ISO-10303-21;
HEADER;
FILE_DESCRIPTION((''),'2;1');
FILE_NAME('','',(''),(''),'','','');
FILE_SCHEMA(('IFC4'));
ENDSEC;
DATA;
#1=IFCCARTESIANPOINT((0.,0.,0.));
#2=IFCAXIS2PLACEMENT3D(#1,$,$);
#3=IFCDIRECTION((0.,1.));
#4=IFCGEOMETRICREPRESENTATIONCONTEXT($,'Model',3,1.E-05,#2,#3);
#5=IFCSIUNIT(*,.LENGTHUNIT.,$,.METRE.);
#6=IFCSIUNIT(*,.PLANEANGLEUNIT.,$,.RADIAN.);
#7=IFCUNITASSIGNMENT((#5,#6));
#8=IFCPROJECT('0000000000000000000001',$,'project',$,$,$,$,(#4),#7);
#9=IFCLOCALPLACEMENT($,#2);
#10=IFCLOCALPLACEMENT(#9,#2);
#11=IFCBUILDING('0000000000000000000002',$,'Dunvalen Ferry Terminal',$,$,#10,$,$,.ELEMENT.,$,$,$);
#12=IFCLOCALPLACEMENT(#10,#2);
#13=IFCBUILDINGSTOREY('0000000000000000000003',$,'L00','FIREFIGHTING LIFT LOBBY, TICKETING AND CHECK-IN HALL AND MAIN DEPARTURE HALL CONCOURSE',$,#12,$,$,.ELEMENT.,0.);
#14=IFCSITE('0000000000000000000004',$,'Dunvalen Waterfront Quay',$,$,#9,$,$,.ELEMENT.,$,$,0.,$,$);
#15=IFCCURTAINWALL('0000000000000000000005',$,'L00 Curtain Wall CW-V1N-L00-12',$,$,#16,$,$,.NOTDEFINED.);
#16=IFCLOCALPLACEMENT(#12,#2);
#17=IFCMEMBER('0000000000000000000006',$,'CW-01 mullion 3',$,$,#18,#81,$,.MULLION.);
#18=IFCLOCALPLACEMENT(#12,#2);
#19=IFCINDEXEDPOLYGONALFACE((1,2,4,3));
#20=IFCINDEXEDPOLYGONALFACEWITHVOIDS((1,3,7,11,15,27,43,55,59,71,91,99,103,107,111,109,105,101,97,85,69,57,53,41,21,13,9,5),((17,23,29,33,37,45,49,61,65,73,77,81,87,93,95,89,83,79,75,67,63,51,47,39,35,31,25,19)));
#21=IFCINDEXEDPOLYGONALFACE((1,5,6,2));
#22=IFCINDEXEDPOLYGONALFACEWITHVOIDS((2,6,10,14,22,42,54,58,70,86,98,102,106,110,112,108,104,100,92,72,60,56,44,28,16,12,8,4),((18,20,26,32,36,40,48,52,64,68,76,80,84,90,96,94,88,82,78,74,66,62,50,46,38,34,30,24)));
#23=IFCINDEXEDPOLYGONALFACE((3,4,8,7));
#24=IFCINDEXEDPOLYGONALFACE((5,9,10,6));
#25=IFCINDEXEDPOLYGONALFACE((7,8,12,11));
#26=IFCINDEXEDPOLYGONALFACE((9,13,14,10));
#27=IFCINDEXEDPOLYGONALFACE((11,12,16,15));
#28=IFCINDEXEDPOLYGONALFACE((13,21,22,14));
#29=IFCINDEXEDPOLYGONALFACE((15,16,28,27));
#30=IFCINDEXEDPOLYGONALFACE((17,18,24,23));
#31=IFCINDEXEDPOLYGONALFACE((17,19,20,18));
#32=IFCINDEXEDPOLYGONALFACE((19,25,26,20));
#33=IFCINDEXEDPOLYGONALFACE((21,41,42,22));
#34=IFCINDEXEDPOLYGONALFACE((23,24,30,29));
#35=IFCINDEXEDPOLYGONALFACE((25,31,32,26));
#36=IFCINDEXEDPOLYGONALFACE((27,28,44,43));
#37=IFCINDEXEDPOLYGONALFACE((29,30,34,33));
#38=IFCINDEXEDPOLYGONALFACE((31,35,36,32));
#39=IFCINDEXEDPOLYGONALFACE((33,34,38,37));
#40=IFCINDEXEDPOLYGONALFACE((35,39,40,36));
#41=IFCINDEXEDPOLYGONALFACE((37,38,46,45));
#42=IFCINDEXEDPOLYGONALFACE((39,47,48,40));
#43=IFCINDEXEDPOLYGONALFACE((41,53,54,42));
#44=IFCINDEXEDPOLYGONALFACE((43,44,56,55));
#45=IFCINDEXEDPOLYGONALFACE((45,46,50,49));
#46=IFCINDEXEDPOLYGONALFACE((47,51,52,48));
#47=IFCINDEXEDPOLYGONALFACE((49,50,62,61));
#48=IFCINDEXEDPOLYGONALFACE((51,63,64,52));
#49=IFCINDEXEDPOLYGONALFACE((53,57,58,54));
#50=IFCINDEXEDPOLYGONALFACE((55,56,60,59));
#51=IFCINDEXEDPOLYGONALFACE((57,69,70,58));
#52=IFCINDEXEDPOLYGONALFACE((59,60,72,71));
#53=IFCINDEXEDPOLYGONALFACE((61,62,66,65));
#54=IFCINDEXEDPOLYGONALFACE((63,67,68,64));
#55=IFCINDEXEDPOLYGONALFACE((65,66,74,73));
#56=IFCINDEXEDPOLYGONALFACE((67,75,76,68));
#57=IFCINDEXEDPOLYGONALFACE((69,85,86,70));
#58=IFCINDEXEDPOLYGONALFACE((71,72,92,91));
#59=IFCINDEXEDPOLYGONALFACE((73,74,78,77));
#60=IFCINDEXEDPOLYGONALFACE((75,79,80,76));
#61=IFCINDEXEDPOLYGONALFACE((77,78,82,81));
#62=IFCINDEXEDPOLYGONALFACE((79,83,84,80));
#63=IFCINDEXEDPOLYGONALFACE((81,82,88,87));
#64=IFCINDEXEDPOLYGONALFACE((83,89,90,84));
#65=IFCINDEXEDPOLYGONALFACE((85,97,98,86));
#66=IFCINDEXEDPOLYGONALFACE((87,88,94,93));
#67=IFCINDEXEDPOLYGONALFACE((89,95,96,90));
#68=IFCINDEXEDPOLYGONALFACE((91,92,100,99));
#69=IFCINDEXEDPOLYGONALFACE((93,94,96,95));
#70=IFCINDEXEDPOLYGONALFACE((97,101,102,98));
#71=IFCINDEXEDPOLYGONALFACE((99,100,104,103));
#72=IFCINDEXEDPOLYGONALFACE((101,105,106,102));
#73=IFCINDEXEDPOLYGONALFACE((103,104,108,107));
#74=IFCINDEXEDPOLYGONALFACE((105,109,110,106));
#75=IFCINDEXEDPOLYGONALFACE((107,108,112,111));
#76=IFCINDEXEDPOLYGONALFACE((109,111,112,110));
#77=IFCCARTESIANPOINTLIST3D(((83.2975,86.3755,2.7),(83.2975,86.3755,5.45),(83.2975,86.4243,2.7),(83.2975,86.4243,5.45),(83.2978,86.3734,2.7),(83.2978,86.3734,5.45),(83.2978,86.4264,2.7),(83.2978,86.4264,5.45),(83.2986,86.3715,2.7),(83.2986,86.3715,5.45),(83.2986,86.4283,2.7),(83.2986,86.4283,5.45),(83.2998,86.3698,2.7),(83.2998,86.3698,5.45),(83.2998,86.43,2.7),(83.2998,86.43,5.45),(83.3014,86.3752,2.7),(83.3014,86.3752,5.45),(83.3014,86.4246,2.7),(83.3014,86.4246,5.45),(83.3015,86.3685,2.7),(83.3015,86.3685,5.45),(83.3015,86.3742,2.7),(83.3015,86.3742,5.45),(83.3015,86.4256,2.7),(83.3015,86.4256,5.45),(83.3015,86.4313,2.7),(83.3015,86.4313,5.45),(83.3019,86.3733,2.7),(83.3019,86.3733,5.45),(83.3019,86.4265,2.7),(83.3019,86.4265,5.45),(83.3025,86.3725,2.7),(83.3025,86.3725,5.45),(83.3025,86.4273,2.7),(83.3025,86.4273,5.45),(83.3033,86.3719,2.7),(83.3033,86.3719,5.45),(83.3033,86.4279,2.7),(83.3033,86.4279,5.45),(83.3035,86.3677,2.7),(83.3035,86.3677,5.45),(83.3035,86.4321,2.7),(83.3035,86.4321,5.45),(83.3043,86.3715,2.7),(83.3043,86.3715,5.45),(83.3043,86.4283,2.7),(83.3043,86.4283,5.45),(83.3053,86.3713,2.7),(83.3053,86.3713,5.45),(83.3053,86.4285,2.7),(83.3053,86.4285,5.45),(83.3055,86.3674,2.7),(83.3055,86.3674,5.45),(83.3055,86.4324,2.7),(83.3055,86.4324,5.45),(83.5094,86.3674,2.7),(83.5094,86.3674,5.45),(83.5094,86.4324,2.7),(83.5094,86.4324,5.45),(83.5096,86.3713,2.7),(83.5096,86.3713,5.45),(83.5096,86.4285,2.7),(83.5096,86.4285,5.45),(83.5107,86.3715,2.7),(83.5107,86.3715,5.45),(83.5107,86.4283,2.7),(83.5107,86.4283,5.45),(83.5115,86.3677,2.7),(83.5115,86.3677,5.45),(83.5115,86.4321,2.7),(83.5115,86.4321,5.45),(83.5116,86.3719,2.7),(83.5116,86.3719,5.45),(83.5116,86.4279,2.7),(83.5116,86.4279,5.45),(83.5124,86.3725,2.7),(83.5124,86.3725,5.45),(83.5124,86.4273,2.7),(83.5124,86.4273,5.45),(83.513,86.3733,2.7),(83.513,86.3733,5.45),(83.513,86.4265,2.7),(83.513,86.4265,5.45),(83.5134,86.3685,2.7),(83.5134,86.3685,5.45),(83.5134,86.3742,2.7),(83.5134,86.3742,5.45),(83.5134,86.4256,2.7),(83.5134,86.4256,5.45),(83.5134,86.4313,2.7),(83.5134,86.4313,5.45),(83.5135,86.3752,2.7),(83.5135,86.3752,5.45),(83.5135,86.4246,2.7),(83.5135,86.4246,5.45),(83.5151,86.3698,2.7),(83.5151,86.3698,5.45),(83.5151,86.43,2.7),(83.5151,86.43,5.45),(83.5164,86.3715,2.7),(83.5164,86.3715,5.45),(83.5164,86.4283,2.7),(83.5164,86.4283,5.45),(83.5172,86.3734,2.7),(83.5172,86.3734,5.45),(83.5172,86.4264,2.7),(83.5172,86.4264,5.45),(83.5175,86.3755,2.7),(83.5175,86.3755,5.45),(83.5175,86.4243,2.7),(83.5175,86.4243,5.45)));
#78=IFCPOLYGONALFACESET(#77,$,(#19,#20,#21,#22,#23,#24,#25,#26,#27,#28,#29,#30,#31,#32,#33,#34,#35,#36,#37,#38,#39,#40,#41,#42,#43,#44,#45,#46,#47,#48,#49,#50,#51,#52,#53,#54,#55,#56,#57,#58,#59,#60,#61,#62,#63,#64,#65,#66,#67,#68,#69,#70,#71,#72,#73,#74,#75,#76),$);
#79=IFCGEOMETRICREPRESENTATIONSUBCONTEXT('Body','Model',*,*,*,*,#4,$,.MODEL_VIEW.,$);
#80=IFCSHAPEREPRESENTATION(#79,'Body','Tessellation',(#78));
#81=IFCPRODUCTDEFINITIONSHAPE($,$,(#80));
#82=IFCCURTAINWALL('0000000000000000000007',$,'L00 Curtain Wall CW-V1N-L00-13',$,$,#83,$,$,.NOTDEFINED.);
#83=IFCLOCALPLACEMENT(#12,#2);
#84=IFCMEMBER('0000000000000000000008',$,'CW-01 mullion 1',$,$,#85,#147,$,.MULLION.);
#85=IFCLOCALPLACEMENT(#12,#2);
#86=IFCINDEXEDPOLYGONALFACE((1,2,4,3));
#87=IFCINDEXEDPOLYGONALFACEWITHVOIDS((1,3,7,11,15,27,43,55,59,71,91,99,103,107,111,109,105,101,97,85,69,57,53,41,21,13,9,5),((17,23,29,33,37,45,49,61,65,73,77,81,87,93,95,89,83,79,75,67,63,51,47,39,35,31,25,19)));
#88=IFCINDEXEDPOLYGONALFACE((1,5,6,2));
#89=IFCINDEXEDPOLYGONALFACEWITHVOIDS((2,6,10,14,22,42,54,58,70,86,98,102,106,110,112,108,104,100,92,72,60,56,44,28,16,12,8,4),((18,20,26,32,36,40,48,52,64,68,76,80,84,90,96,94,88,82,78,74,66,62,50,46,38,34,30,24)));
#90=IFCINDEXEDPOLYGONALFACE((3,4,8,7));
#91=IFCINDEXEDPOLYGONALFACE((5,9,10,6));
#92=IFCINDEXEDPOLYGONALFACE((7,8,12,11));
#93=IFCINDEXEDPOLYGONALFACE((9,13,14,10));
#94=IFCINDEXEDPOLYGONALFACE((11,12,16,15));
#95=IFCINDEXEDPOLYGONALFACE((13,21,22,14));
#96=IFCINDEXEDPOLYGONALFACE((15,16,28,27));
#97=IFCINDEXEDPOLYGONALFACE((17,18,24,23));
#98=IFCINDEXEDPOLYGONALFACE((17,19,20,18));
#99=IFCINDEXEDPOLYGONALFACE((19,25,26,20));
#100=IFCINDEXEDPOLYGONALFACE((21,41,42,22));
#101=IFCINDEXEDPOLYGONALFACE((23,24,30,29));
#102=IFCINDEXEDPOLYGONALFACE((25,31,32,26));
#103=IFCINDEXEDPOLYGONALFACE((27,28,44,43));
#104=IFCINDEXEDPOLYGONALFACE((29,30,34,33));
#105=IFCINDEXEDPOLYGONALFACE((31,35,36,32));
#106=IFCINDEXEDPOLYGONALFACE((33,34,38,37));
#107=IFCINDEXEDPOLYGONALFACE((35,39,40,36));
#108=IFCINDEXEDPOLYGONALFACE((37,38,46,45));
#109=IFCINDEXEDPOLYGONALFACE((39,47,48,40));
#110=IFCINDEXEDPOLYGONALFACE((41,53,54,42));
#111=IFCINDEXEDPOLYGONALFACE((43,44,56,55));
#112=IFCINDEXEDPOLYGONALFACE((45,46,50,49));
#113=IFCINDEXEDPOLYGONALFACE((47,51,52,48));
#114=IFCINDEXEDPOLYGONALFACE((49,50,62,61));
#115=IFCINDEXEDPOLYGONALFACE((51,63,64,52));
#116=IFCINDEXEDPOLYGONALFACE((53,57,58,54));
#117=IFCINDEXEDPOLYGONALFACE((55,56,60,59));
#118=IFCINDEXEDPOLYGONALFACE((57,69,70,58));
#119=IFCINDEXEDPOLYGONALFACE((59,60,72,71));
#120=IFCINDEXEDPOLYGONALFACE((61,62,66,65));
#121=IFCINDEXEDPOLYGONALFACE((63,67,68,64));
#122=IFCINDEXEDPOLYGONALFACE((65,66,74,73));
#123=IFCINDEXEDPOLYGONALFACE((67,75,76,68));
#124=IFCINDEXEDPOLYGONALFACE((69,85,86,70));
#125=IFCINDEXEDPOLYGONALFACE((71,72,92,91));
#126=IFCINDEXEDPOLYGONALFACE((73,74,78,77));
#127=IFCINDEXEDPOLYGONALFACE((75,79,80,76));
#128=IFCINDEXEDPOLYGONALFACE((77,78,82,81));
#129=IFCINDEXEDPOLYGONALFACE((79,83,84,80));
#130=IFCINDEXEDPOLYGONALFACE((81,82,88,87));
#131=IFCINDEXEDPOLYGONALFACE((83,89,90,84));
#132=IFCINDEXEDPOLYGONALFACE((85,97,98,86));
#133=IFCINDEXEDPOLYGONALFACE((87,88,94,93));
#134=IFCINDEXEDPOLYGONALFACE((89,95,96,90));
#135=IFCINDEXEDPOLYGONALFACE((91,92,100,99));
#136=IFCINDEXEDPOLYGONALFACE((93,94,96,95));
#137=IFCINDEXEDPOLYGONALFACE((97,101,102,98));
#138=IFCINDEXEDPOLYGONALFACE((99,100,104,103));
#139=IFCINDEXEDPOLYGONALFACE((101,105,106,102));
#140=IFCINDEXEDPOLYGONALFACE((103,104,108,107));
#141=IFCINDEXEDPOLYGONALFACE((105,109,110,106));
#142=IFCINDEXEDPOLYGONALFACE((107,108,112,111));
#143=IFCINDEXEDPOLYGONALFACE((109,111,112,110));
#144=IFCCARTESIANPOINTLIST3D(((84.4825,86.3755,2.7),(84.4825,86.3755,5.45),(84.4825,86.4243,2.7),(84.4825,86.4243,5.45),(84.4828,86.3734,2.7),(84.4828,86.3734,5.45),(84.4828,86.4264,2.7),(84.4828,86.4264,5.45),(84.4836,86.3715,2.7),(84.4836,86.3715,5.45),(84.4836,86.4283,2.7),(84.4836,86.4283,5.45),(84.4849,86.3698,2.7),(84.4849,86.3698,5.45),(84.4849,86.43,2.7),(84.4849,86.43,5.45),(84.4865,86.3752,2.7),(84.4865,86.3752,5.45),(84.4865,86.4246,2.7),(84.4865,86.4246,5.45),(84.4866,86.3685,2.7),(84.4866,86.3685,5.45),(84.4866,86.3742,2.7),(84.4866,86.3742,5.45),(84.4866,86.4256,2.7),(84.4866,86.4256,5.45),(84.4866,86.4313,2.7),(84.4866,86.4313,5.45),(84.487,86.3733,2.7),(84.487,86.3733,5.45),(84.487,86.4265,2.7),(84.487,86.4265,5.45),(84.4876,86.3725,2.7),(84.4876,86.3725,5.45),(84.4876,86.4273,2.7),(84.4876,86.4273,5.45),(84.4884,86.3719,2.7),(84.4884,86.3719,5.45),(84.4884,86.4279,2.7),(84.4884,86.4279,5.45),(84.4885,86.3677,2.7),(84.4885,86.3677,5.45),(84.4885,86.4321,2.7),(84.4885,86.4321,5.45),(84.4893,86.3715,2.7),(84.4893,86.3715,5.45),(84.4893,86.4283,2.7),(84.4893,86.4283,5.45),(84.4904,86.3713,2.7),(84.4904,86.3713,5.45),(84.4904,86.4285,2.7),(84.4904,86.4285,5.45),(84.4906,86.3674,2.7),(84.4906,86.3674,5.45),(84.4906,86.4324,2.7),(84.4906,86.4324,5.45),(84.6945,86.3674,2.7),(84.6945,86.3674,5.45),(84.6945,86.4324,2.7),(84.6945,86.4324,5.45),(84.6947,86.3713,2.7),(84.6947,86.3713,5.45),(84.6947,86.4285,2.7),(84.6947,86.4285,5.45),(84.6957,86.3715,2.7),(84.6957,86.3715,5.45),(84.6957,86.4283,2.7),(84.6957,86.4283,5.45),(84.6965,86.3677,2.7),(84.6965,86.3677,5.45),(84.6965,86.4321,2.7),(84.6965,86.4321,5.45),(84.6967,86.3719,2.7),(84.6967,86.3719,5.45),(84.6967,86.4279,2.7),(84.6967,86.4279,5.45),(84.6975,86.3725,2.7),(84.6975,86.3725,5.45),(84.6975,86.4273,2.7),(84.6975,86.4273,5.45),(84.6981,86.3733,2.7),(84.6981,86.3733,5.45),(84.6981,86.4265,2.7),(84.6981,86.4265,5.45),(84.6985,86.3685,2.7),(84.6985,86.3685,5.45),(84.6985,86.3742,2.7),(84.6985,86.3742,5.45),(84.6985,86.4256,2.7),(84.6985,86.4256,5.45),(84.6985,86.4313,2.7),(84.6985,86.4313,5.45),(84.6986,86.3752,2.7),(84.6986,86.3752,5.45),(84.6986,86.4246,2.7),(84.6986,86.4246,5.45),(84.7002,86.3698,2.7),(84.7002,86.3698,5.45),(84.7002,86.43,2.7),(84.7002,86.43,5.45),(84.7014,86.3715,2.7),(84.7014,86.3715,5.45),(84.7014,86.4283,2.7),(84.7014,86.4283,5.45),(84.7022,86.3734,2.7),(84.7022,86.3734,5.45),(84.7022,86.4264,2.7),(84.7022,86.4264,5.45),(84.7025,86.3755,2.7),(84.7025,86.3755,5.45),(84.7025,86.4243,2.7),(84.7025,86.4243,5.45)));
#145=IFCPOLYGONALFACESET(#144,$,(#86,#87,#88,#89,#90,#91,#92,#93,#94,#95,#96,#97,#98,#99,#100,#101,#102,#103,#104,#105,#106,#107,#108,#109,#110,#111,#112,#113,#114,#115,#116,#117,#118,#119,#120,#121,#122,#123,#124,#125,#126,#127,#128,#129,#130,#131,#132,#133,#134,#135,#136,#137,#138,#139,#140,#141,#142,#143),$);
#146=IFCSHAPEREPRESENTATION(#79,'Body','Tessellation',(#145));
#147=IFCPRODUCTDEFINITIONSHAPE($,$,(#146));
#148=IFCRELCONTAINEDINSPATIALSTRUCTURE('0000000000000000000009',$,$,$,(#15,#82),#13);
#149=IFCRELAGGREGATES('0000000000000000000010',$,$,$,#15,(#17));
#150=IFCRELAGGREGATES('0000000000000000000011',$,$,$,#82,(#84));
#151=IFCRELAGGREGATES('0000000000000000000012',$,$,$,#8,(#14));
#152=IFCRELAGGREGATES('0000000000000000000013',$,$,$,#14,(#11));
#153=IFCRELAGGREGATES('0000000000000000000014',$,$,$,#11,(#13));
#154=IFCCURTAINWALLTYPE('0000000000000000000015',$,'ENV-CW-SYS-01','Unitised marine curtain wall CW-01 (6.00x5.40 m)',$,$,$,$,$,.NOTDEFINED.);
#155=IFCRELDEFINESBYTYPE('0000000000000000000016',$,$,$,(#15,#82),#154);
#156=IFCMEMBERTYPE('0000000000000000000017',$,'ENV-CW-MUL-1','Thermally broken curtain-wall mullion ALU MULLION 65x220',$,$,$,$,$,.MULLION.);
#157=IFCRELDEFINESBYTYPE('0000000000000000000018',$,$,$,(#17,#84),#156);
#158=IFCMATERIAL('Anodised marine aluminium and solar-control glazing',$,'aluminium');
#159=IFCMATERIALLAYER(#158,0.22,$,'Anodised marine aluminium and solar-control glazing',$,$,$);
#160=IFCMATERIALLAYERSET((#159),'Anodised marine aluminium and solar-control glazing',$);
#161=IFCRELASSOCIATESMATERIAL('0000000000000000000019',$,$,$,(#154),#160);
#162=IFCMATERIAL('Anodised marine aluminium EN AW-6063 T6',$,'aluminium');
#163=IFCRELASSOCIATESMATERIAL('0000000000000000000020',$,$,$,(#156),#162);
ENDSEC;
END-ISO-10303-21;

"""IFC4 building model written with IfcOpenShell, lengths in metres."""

from ifc_helpers import new_model, si_unit, direction, frame, origin, origin_2d, place, context, subcontext, project, spatial, hollow_rectangle, extrude, material, layer, layer_set, material_profile, profile_set, type_object, element, aggregate, save


model = new_model("IFC4")

# Units and contexts
model_context = context("Model", 3, precision=1e-05, world=origin(), true_north=direction((0.0, 1.0)))
body_context = subcontext(model_context, "Body", "Model", "MODEL_VIEW")
ifc_project = project(units=[si_unit("LENGTHUNIT", "METRE"), si_unit("PLANEANGLEUNIT", "RADIAN")], contexts=[model_context])

# Site, building, storey
site_placement = place(None, origin())
site = spatial("IfcSite", under=ifc_project, at=site_placement, Name="Dunvalen Waterfront Quay", CompositionType="ELEMENT", RefElevation=0.0)
building_placement = place(site_placement, origin())
building = spatial("IfcBuilding", under=site, at=building_placement, Name="Dunvalen Ferry Terminal", CompositionType="ELEMENT")
storey_placement = place(building_placement, origin())
storey = spatial("IfcBuildingStorey", under=building, at=storey_placement, Name="L00", Description="FIREFIGHTING LIFT LOBBY, TICKETING AND CHECK-IN HALL AND MAIN DEPARTURE HALL CONCOURSE", CompositionType="ELEMENT", Elevation=0.0)

# Curtain wall, member
ifc_material_1 = material(Name="Anodised marine aluminium and solar-control glazing", Category="aluminium")
ifc_layer_1 = layer(ifc_material_1, 0.22, Name="Anodised marine aluminium and solar-control glazing")
ifc_layer_set_1 = layer_set([ifc_layer_1], Name="Anodised marine aluminium and solar-control glazing")
curtain_wall_type = type_object("IfcCurtainWallType", Name="ENV-CW-SYS-01", Description="Unitised marine curtain wall CW-01 (6.00x5.40 m)", PredefinedType="NOTDEFINED", material=ifc_layer_set_1)
curtain_wall_1_placement = place(storey_placement, origin())
curtain_wall_1 = element("IfcCurtainWall", 1, at=curtain_wall_1_placement, inside=storey, type_object=curtain_wall_type, Name="L00 Curtain Wall CW-V1N-L00-12", PredefinedType="NOTDEFINED")
ifc_material_2 = material(Name="Anodised marine aluminium EN AW-6063 T6", Category="aluminium")
ifc_material_profile_1 = material_profile(ifc_material_2, hollow_rectangle(XDim=0.0649, YDim=0.22, WallThickness=0.0039, InnerFilletRadius=0.0039, OuterFilletRadius=0.0081, at=origin_2d()), Name="Anodised marine aluminium EN AW-6063 T6")
ifc_profile_set_1 = profile_set([ifc_material_profile_1], Name="Anodised marine aluminium EN AW-6063 T6")
member_type_1 = type_object("IfcMemberType", Name="ENV-CW-MUL-1", Description="Thermally broken curtain-wall mullion ALU MULLION 65x220", PredefinedType="MULLION", material=ifc_profile_set_1)
member_1_placement = place(storey_placement, frame((83.4075, 86.3999, 2.7), z_axis=(0.0, 0.0, 1.0), x_axis=(0.0, 1.0, 0.0)))
member_1 = element("IfcMember", 2, at=member_1_placement, type_object=member_type_1, Name="CW-01 mullion 3", PredefinedType="MULLION", context=body_context, shape_type="SweptSolid", body=[
    extrude(hollow_rectangle(XDim=0.0649, YDim=0.22, WallThickness=0.0039, InnerFilletRadius=0.0039, OuterFilletRadius=0.0081, at=origin_2d()), origin(), (0.0, 0.0, 1.0), 2.75),
])

# Curtain wall, member
curtain_wall_2_placement = place(storey_placement, origin())
curtain_wall_2 = element("IfcCurtainWall", 3, at=curtain_wall_2_placement, inside=storey, type_object=curtain_wall_type, Name="L00 Curtain Wall CW-V1N-L00-13", PredefinedType="NOTDEFINED")
member_2_placement = place(storey_placement, frame((84.5925, 86.3999, 2.7), z_axis=(0.0, 0.0, 1.0), x_axis=(0.0, 1.0, 0.0)))
member_2 = element("IfcMember", 4, at=member_2_placement, type_object=member_type_1, Name="CW-01 mullion 1", PredefinedType="MULLION", context=body_context, shape_type="SweptSolid", body=[
    extrude(hollow_rectangle(XDim=0.0649, YDim=0.22, WallThickness=0.0039, InnerFilletRadius=0.0039, OuterFilletRadius=0.0081, at=origin_2d()), origin(), (0.0, 0.0, 1.0), 2.75),
])

aggregate(curtain_wall_1, [member_1])
aggregate(curtain_wall_2, [member_2])

save(model, "model.ifc")
